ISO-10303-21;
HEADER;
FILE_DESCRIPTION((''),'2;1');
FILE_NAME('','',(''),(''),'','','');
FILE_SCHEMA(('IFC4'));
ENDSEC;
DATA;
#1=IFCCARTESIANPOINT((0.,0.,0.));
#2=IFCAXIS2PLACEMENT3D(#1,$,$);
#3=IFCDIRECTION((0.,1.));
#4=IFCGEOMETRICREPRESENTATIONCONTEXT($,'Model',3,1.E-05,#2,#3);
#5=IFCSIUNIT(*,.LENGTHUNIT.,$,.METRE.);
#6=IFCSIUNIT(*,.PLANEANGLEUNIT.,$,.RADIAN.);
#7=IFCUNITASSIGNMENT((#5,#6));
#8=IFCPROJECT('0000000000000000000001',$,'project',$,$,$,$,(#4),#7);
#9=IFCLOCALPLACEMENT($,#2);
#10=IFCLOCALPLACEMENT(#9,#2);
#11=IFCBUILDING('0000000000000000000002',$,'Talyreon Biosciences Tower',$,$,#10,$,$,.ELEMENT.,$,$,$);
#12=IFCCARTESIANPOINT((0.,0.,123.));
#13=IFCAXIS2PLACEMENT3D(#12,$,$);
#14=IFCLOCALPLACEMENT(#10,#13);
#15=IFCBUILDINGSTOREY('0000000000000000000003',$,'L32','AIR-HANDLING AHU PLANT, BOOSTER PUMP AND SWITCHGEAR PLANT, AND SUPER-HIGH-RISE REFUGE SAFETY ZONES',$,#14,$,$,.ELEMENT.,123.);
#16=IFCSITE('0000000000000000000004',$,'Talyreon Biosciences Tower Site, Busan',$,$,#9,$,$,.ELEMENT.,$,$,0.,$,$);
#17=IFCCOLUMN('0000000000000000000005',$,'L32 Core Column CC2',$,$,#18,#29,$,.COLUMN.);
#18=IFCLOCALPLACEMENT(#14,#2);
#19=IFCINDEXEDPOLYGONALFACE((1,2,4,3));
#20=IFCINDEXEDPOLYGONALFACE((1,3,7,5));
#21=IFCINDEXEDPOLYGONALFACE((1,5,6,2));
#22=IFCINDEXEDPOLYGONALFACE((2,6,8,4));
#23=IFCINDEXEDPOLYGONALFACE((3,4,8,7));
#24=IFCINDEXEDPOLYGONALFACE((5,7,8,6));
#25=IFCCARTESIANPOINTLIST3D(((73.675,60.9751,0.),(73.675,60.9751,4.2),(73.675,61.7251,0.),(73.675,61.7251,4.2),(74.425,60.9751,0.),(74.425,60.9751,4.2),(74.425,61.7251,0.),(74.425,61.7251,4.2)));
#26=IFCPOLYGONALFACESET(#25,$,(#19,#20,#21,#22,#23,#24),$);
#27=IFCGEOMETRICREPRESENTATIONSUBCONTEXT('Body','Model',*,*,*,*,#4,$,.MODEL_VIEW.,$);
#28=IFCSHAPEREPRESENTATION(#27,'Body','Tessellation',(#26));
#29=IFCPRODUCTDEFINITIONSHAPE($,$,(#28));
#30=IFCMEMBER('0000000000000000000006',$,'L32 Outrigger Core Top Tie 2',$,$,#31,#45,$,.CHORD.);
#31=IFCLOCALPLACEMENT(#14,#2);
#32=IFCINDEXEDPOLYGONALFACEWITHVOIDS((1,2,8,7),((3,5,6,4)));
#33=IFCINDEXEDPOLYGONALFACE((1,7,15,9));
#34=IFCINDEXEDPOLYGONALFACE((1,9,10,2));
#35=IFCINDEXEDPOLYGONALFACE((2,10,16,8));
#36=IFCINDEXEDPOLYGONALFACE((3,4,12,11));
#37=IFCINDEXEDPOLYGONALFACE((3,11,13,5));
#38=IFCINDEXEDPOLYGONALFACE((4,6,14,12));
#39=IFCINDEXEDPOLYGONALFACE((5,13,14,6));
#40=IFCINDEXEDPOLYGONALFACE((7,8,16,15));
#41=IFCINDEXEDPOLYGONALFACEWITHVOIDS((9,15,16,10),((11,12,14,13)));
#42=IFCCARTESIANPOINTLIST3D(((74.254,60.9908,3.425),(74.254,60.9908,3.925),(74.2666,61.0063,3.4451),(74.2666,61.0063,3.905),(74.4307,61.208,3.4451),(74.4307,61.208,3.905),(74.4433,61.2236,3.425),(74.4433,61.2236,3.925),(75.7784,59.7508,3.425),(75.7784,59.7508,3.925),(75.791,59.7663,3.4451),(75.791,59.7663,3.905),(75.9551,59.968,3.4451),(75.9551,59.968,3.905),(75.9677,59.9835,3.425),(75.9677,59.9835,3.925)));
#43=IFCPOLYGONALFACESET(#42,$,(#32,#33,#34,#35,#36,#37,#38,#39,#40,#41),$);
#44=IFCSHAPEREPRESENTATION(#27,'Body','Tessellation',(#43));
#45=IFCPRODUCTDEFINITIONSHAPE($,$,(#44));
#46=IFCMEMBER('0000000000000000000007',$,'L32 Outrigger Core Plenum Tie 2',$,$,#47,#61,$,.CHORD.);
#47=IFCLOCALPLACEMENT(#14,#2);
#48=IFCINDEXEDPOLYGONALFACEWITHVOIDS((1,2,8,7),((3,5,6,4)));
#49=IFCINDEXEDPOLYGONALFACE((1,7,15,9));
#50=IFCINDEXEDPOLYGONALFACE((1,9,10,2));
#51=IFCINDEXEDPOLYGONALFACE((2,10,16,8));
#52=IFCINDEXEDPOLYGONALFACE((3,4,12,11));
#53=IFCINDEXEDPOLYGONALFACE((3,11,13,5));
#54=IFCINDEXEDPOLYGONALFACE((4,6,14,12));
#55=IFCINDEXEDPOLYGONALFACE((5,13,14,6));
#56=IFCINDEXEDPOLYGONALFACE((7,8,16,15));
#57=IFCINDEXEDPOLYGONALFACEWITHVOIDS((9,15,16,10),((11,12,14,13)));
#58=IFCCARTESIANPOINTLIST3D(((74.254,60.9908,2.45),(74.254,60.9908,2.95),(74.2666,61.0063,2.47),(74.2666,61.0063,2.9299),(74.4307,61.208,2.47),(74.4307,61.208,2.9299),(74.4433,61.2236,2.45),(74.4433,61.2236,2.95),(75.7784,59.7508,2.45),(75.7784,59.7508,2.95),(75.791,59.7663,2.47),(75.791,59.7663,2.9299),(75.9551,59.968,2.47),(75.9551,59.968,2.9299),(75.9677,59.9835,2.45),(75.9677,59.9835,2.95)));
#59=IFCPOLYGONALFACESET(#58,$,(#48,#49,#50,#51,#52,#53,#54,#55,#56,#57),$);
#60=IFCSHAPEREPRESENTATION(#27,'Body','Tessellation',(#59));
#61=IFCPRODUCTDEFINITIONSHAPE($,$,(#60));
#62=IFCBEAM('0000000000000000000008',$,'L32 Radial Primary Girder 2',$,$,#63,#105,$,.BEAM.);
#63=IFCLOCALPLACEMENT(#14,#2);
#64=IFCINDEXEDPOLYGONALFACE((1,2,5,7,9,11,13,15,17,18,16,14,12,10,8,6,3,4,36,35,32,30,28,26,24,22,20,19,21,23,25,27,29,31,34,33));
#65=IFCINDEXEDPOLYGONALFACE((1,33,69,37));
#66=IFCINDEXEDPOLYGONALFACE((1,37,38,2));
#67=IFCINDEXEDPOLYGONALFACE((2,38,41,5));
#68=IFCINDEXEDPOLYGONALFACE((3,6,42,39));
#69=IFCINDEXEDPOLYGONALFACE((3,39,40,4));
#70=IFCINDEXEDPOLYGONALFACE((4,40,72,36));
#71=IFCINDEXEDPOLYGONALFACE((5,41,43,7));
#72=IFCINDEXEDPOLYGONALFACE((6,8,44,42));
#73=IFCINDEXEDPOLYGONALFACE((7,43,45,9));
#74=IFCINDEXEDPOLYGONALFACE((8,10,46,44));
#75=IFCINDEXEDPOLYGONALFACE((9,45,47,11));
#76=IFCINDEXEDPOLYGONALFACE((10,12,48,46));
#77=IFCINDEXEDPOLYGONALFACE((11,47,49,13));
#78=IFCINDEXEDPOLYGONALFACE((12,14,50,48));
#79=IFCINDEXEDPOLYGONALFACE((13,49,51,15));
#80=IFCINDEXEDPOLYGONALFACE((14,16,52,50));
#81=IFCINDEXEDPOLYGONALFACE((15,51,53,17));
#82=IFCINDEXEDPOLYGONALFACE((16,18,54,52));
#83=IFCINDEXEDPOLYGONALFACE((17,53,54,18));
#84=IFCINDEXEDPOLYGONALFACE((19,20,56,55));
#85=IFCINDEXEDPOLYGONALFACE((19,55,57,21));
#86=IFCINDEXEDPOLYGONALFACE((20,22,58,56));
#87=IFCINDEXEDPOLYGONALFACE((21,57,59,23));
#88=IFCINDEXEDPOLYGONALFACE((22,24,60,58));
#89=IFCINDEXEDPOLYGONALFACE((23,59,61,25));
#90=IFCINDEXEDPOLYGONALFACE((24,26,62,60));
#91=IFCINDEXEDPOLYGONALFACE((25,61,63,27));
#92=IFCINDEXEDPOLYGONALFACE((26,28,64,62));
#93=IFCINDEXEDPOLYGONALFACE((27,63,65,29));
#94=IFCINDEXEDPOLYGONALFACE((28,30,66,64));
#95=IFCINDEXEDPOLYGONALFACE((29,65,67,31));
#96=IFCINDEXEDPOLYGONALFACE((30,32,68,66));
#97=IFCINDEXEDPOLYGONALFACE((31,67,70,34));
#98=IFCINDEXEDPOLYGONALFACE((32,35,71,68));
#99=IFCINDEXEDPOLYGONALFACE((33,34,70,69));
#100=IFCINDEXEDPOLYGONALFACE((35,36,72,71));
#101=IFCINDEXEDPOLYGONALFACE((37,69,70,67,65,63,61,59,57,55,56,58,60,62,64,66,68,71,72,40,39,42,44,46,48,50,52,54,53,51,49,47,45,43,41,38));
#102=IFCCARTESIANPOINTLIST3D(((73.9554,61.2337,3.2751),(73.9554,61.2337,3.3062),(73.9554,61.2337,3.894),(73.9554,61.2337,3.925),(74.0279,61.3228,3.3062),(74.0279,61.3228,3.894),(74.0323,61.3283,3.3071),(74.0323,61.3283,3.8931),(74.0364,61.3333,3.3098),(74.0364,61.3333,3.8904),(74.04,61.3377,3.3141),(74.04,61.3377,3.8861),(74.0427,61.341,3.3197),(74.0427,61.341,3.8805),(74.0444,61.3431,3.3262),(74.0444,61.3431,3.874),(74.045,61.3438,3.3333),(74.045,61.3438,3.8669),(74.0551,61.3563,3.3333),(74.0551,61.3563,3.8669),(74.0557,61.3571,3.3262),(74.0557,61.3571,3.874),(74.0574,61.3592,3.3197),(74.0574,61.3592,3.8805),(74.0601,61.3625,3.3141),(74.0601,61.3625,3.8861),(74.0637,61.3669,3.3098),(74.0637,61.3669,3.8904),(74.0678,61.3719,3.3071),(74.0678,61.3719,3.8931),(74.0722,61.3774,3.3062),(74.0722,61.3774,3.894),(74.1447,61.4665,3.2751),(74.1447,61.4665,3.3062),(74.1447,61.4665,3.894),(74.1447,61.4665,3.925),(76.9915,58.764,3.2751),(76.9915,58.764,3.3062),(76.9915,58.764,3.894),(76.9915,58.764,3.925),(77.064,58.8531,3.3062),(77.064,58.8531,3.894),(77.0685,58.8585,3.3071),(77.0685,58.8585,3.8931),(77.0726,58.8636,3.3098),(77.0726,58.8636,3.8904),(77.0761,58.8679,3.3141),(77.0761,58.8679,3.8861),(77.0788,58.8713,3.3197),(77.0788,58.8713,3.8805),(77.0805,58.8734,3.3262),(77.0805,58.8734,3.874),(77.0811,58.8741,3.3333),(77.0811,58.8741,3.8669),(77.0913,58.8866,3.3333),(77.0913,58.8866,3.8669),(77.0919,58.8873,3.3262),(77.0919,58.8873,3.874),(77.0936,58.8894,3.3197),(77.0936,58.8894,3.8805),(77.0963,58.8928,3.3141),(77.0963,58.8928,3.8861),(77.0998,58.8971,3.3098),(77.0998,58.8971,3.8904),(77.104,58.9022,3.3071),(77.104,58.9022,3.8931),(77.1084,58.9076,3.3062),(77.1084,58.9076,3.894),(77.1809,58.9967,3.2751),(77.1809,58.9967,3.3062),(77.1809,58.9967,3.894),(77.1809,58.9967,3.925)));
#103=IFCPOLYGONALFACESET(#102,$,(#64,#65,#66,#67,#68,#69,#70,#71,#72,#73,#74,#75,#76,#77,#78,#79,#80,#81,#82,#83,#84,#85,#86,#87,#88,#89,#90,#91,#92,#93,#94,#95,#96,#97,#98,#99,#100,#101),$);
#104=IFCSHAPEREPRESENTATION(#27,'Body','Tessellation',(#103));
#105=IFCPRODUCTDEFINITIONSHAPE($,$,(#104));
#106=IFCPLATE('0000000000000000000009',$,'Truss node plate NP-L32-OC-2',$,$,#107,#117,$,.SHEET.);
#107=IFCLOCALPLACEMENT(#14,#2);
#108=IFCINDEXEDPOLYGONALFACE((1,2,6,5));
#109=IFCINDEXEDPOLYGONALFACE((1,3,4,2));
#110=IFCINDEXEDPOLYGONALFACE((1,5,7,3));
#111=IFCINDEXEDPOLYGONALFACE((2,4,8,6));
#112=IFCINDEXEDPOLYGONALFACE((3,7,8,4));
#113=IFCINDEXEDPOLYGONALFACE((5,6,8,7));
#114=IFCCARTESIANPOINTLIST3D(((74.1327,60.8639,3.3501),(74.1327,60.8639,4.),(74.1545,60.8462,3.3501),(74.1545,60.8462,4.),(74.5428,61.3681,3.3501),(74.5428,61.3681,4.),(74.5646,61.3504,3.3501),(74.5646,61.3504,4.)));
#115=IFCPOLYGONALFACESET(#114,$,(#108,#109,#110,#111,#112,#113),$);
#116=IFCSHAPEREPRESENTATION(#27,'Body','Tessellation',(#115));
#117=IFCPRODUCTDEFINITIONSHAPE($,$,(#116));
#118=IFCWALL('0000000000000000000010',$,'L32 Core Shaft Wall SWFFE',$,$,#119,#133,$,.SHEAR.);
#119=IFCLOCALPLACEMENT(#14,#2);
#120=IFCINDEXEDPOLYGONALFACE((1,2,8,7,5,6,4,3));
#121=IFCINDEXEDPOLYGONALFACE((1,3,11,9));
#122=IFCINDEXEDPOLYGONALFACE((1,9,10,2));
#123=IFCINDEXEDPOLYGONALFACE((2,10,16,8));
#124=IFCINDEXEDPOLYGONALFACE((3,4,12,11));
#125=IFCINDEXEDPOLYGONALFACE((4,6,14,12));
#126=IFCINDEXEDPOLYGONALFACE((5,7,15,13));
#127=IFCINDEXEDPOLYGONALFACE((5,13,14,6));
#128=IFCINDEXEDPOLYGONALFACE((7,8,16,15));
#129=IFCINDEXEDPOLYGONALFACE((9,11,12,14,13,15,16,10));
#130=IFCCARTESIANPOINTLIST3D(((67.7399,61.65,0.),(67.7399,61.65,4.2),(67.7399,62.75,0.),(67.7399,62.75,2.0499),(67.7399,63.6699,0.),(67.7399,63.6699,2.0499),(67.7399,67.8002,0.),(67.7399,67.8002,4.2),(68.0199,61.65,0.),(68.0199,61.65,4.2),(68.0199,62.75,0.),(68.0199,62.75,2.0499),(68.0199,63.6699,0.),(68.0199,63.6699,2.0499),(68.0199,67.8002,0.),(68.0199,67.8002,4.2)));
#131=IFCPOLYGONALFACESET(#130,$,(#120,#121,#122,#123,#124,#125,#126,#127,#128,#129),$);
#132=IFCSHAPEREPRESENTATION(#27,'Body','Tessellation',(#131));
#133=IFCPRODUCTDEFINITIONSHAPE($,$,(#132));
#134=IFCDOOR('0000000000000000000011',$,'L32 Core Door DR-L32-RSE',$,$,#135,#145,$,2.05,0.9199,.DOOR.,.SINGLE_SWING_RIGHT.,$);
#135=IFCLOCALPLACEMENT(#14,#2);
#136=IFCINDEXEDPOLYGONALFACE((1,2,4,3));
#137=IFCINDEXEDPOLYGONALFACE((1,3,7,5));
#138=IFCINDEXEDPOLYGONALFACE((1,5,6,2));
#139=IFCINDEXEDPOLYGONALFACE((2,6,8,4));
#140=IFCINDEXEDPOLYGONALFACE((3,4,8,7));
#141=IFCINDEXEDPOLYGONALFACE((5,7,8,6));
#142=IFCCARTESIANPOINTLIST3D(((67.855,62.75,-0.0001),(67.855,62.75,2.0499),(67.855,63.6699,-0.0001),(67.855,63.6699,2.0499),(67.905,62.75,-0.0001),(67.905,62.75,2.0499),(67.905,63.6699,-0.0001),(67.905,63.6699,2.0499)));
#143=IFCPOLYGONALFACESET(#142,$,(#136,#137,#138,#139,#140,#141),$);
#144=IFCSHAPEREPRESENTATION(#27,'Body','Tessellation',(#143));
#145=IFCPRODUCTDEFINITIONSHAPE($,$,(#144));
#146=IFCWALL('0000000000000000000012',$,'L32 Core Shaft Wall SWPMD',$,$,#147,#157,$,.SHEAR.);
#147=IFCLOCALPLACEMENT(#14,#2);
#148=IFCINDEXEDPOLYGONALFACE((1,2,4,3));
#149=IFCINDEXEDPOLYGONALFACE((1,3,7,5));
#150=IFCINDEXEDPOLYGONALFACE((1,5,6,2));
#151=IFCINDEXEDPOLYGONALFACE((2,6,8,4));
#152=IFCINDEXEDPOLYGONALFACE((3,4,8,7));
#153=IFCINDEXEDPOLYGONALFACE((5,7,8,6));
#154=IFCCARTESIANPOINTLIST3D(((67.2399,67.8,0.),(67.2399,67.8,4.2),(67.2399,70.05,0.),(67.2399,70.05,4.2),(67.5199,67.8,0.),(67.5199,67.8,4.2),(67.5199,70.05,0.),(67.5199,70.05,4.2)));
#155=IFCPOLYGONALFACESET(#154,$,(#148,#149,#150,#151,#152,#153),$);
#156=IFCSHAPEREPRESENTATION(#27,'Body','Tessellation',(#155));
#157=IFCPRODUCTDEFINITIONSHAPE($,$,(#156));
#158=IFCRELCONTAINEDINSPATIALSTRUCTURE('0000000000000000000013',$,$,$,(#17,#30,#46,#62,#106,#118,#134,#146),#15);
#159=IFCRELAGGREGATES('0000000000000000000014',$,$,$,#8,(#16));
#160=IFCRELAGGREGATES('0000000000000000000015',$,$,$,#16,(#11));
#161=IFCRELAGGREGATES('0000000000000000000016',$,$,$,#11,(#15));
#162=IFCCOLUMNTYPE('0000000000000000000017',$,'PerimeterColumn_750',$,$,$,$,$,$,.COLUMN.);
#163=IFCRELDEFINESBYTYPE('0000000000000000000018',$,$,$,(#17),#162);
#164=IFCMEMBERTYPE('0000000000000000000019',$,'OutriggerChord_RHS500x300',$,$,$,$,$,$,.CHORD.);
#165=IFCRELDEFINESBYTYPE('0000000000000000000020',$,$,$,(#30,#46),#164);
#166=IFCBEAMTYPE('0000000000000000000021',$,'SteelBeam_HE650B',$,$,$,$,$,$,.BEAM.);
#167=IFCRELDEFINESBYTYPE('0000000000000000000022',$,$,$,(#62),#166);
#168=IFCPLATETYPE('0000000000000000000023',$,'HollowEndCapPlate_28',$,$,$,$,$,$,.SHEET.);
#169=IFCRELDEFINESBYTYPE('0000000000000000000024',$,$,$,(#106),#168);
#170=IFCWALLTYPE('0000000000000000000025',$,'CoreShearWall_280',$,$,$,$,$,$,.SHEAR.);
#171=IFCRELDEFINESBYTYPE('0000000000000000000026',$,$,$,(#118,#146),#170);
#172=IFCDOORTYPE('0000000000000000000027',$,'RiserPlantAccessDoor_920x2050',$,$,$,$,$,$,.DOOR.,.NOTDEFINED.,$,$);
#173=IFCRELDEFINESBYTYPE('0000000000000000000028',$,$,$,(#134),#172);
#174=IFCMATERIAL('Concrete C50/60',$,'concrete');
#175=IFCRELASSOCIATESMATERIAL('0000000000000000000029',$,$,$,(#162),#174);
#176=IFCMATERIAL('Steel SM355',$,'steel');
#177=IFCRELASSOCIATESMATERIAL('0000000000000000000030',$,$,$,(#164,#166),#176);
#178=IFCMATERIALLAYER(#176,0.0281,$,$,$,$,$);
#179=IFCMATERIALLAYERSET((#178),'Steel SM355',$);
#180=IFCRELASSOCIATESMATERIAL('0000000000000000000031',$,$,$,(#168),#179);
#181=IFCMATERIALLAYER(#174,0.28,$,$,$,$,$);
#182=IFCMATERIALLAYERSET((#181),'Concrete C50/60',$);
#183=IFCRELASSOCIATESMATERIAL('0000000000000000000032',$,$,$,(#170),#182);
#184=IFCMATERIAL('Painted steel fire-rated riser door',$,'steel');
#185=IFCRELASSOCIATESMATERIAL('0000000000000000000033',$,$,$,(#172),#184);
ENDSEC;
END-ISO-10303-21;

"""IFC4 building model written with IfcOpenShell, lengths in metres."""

from ifc_helpers import new_model, si_unit, direction, frame, frame_2d, origin, origin_2d, place, context, subcontext, project, spatial, rectangle, hollow_rectangle, i_section, extrude, material, layer, layer_set, material_profile, profile_set, type_object, element, fill, save


model = new_model("IFC4")

# Units and contexts
model_context = context("Model", 3, precision=1e-05, world=origin(), true_north=direction((0.0, 1.0)))
body_context = subcontext(model_context, "Body", "Model", "MODEL_VIEW")
ifc_project = project(units=[si_unit("LENGTHUNIT", "METRE"), si_unit("PLANEANGLEUNIT", "RADIAN")], contexts=[model_context])

# Site, building, storey
site_placement = place(None, origin())
site = spatial("IfcSite", under=ifc_project, at=site_placement, Name="Talyreon Biosciences Tower Site, Busan", CompositionType="ELEMENT", RefElevation=0.0)
building_placement = place(site_placement, origin())
building = spatial("IfcBuilding", under=site, at=building_placement, Name="Talyreon Biosciences Tower", CompositionType="ELEMENT")
storey_placement = place(building_placement, frame((0.0, 0.0, 123.0)))
storey = spatial("IfcBuildingStorey", under=building, at=storey_placement, Name="L32", Description="AIR-HANDLING AHU PLANT, BOOSTER PUMP AND SWITCHGEAR PLANT, AND SUPER-HIGH-RISE REFUGE SAFETY ZONES", CompositionType="ELEMENT", Elevation=123.0)

# Column
ifc_material_1 = material(Name="Concrete C50/60", Category="concrete")
ifc_material_profile_1 = material_profile(ifc_material_1, rectangle(XDim=0.75, YDim=0.75, at=origin_2d()), Name="RC 750x750")
ifc_profile_set_1 = profile_set([ifc_material_profile_1], Name="Concrete C50/60")
column_type = type_object("IfcColumnType", Name="PerimeterColumn_750", PredefinedType="COLUMN", material=ifc_profile_set_1)
column_placement = place(storey_placement, frame((74.05, 61.3501, 0.0), z_axis=(0.0, 0.0, 1.0), x_axis=(1.0, 0.0, 0.0)))
element("IfcColumn", 1, at=column_placement, inside=storey, type_object=column_type, Name="L32 Core Column CC2", PredefinedType="COLUMN", context=body_context, shape_type="SweptSolid", body=[
    extrude(rectangle(XDim=0.75, YDim=0.75, at=origin_2d()), origin(), (0.0, 0.0, 1.0), 4.2),
])

# Members
ifc_material_2 = material(Name="Steel SM355", Category="steel")
ifc_material_profile_2 = material_profile(ifc_material_2, hollow_rectangle(XDim=0.3, YDim=0.5, WallThickness=0.02, at=origin_2d()), Name="RHS 500x300x20")
ifc_profile_set_2 = profile_set([ifc_material_profile_2], Name="Steel SM355")
member_type = type_object("IfcMemberType", Name="OutriggerChord_RHS500x300", PredefinedType="CHORD", material=ifc_profile_set_2)
for number, where, z_axis, x_axis, name in (
    (2, (74.3486, 61.1072, 3.675), (0.775764, -0.631023, 0.0), (0.631023, 0.775764, 0.0), "L32 Outrigger Core Top Tie 2"),
    (3, (74.3486, 61.1072, 2.7), (0.775764, -0.631023, 0.0), (0.631023, 0.775764, 0.0), "L32 Outrigger Core Plenum Tie 2"),
):
    element("IfcMember", number, at=place(storey_placement, frame(where, z_axis=z_axis, x_axis=x_axis)), inside=storey, type_object=member_type, Name=name, PredefinedType="CHORD", context=body_context, shape_type="SweptSolid", body=[
        extrude(hollow_rectangle(XDim=0.3, YDim=0.5, WallThickness=0.02, at=origin_2d()), origin(), (0.0, 0.0, 1.0), 1.9651),
    ])

# Beam
ifc_material_profile_3 = material_profile(ifc_material_2, i_section(OverallWidth=0.3, OverallDepth=0.6499, WebThickness=0.0161, FlangeThickness=0.031, FilletRadius=0.0271, at=origin_2d()), Name="HE650B")
ifc_profile_set_3 = profile_set([ifc_material_profile_3], Name="Steel SM355")
beam_type = type_object("IfcBeamType", Name="SteelBeam_HE650B", PredefinedType="BEAM", material=ifc_profile_set_3)
beam_placement = place(storey_placement, frame((74.05, 61.3501, 3.6001), z_axis=(0.775755, -0.631034, 0.0), x_axis=(0.631034, 0.775755, 0.0)))
element("IfcBeam", 4, at=beam_placement, inside=storey, type_object=beam_type, Name="L32 Radial Primary Girder 2", PredefinedType="BEAM", context=body_context, shape_type="SweptSolid", body=[
    extrude(i_section(OverallWidth=0.3, OverallDepth=0.6499, WebThickness=0.0161, FlangeThickness=0.031, FilletRadius=0.0271, at=origin_2d()), origin(), (0.0, 0.0, 1.0), 3.9138),
])

# Plate
ifc_layer_1 = layer(ifc_material_2, 0.0281)
ifc_layer_set_1 = layer_set([ifc_layer_1], Name="Steel SM355")
plate_type = type_object("IfcPlateType", Name="HollowEndCapPlate_28", PredefinedType="SHEET", material=ifc_layer_set_1)
plate_placement = place(storey_placement, frame((74.3486, 61.1072, 3.3501), z_axis=(0.0, 0.0, 1.0), x_axis=(0.631001, 0.775782, 0.0)))
element("IfcPlate", 5, at=plate_placement, inside=storey, type_object=plate_type, Name="Truss node plate NP-L32-OC-2", PredefinedType="SHEET", context=body_context, shape_type="SweptSolid", body=[
    extrude(rectangle(XDim=0.6499, YDim=0.0281, at=origin_2d()), origin(), (0.0, 0.0, 1.0), 0.6499),
])

# Wall, opening, door
ifc_layer_2 = layer(ifc_material_1, 0.28)
ifc_layer_set_2 = layer_set([ifc_layer_2], Name="Concrete C50/60")
wall_type_1 = type_object("IfcWallType", Name="CoreShearWall_280", PredefinedType="SHEAR", material=ifc_layer_set_2)
wall_1_placement = place(storey_placement, frame((67.8799, 61.6499, 0.0), z_axis=(0.0, 0.0, 1.0), x_axis=(0.0, 1.0, 0.0)))
wall_1 = element("IfcWall", 6, at=wall_1_placement, inside=storey, type_object=wall_type_1, Name="L32 Core Shaft Wall SWFFE", PredefinedType="SHEAR", context=body_context, shape_type="SweptSolid", body=[
    extrude(rectangle(XDim=6.1501, YDim=0.28, at=frame_2d((3.0752, 0.0))), origin(), (0.0, 0.0, 1.0), 4.2),
])
opening_1_placement = place(wall_1_placement, frame((1.1001, 0.0, 0.0)))
opening_1 = element("IfcOpeningElement", 7, at=opening_1_placement, cuts=wall_1, PredefinedType="OPENING", context=body_context, shape_type="SweptSolid", body=[
    extrude(rectangle(XDim=0.9199, YDim=2.05, at=frame_2d((0.46, 1.0249))), frame((0.0, 0.1499, 0.0), z_axis=(0.0, -1.0, 0.0), x_axis=(1.0, 0.0, 0.0)), (0.0, 0.0, 1.0), 0.3),
])
ifc_material_3 = material(Name="Painted steel fire-rated riser door", Category="steel")
door_type = type_object("IfcDoorType", Name="RiserPlantAccessDoor_920x2050", OperationType="NOTDEFINED", PredefinedType="DOOR", material=ifc_material_3)
door_1_placement = place(opening_1_placement, origin())
door_1 = element("IfcDoor", 8, at=door_1_placement, inside=storey, type_object=door_type, Name="L32 Core Door DR-L32-RSE", OperationType="SINGLE_SWING_RIGHT", OverallHeight=2.05, OverallWidth=0.9199, PredefinedType="DOOR", context=body_context, shape_type="SweptSolid", body=[
    extrude(rectangle(XDim=0.9199, YDim=2.05, at=frame_2d((0.46, 1.0249))), frame((0.0, 0.0249, 0.0), z_axis=(0.0, -1.0, 0.0), x_axis=(1.0, 0.0, 0.0)), (0.0, 0.0, 1.0), 0.05),
])
fill(opening_1, door_1)

# Wall
wall_2_placement = place(storey_placement, frame((67.3799, 67.8, 0.0), z_axis=(0.0, 0.0, 1.0), x_axis=(0.0, 1.0, 0.0)))
element("IfcWall", 9, at=wall_2_placement, inside=storey, type_object=wall_type_1, Name="L32 Core Shaft Wall SWPMD", PredefinedType="SHEAR", context=body_context, shape_type="SweptSolid", body=[
    extrude(rectangle(XDim=2.25, YDim=0.28, at=frame_2d((1.125, 0.0))), origin(), (0.0, 0.0, 1.0), 4.2),
])

save(model, "model.ifc")
